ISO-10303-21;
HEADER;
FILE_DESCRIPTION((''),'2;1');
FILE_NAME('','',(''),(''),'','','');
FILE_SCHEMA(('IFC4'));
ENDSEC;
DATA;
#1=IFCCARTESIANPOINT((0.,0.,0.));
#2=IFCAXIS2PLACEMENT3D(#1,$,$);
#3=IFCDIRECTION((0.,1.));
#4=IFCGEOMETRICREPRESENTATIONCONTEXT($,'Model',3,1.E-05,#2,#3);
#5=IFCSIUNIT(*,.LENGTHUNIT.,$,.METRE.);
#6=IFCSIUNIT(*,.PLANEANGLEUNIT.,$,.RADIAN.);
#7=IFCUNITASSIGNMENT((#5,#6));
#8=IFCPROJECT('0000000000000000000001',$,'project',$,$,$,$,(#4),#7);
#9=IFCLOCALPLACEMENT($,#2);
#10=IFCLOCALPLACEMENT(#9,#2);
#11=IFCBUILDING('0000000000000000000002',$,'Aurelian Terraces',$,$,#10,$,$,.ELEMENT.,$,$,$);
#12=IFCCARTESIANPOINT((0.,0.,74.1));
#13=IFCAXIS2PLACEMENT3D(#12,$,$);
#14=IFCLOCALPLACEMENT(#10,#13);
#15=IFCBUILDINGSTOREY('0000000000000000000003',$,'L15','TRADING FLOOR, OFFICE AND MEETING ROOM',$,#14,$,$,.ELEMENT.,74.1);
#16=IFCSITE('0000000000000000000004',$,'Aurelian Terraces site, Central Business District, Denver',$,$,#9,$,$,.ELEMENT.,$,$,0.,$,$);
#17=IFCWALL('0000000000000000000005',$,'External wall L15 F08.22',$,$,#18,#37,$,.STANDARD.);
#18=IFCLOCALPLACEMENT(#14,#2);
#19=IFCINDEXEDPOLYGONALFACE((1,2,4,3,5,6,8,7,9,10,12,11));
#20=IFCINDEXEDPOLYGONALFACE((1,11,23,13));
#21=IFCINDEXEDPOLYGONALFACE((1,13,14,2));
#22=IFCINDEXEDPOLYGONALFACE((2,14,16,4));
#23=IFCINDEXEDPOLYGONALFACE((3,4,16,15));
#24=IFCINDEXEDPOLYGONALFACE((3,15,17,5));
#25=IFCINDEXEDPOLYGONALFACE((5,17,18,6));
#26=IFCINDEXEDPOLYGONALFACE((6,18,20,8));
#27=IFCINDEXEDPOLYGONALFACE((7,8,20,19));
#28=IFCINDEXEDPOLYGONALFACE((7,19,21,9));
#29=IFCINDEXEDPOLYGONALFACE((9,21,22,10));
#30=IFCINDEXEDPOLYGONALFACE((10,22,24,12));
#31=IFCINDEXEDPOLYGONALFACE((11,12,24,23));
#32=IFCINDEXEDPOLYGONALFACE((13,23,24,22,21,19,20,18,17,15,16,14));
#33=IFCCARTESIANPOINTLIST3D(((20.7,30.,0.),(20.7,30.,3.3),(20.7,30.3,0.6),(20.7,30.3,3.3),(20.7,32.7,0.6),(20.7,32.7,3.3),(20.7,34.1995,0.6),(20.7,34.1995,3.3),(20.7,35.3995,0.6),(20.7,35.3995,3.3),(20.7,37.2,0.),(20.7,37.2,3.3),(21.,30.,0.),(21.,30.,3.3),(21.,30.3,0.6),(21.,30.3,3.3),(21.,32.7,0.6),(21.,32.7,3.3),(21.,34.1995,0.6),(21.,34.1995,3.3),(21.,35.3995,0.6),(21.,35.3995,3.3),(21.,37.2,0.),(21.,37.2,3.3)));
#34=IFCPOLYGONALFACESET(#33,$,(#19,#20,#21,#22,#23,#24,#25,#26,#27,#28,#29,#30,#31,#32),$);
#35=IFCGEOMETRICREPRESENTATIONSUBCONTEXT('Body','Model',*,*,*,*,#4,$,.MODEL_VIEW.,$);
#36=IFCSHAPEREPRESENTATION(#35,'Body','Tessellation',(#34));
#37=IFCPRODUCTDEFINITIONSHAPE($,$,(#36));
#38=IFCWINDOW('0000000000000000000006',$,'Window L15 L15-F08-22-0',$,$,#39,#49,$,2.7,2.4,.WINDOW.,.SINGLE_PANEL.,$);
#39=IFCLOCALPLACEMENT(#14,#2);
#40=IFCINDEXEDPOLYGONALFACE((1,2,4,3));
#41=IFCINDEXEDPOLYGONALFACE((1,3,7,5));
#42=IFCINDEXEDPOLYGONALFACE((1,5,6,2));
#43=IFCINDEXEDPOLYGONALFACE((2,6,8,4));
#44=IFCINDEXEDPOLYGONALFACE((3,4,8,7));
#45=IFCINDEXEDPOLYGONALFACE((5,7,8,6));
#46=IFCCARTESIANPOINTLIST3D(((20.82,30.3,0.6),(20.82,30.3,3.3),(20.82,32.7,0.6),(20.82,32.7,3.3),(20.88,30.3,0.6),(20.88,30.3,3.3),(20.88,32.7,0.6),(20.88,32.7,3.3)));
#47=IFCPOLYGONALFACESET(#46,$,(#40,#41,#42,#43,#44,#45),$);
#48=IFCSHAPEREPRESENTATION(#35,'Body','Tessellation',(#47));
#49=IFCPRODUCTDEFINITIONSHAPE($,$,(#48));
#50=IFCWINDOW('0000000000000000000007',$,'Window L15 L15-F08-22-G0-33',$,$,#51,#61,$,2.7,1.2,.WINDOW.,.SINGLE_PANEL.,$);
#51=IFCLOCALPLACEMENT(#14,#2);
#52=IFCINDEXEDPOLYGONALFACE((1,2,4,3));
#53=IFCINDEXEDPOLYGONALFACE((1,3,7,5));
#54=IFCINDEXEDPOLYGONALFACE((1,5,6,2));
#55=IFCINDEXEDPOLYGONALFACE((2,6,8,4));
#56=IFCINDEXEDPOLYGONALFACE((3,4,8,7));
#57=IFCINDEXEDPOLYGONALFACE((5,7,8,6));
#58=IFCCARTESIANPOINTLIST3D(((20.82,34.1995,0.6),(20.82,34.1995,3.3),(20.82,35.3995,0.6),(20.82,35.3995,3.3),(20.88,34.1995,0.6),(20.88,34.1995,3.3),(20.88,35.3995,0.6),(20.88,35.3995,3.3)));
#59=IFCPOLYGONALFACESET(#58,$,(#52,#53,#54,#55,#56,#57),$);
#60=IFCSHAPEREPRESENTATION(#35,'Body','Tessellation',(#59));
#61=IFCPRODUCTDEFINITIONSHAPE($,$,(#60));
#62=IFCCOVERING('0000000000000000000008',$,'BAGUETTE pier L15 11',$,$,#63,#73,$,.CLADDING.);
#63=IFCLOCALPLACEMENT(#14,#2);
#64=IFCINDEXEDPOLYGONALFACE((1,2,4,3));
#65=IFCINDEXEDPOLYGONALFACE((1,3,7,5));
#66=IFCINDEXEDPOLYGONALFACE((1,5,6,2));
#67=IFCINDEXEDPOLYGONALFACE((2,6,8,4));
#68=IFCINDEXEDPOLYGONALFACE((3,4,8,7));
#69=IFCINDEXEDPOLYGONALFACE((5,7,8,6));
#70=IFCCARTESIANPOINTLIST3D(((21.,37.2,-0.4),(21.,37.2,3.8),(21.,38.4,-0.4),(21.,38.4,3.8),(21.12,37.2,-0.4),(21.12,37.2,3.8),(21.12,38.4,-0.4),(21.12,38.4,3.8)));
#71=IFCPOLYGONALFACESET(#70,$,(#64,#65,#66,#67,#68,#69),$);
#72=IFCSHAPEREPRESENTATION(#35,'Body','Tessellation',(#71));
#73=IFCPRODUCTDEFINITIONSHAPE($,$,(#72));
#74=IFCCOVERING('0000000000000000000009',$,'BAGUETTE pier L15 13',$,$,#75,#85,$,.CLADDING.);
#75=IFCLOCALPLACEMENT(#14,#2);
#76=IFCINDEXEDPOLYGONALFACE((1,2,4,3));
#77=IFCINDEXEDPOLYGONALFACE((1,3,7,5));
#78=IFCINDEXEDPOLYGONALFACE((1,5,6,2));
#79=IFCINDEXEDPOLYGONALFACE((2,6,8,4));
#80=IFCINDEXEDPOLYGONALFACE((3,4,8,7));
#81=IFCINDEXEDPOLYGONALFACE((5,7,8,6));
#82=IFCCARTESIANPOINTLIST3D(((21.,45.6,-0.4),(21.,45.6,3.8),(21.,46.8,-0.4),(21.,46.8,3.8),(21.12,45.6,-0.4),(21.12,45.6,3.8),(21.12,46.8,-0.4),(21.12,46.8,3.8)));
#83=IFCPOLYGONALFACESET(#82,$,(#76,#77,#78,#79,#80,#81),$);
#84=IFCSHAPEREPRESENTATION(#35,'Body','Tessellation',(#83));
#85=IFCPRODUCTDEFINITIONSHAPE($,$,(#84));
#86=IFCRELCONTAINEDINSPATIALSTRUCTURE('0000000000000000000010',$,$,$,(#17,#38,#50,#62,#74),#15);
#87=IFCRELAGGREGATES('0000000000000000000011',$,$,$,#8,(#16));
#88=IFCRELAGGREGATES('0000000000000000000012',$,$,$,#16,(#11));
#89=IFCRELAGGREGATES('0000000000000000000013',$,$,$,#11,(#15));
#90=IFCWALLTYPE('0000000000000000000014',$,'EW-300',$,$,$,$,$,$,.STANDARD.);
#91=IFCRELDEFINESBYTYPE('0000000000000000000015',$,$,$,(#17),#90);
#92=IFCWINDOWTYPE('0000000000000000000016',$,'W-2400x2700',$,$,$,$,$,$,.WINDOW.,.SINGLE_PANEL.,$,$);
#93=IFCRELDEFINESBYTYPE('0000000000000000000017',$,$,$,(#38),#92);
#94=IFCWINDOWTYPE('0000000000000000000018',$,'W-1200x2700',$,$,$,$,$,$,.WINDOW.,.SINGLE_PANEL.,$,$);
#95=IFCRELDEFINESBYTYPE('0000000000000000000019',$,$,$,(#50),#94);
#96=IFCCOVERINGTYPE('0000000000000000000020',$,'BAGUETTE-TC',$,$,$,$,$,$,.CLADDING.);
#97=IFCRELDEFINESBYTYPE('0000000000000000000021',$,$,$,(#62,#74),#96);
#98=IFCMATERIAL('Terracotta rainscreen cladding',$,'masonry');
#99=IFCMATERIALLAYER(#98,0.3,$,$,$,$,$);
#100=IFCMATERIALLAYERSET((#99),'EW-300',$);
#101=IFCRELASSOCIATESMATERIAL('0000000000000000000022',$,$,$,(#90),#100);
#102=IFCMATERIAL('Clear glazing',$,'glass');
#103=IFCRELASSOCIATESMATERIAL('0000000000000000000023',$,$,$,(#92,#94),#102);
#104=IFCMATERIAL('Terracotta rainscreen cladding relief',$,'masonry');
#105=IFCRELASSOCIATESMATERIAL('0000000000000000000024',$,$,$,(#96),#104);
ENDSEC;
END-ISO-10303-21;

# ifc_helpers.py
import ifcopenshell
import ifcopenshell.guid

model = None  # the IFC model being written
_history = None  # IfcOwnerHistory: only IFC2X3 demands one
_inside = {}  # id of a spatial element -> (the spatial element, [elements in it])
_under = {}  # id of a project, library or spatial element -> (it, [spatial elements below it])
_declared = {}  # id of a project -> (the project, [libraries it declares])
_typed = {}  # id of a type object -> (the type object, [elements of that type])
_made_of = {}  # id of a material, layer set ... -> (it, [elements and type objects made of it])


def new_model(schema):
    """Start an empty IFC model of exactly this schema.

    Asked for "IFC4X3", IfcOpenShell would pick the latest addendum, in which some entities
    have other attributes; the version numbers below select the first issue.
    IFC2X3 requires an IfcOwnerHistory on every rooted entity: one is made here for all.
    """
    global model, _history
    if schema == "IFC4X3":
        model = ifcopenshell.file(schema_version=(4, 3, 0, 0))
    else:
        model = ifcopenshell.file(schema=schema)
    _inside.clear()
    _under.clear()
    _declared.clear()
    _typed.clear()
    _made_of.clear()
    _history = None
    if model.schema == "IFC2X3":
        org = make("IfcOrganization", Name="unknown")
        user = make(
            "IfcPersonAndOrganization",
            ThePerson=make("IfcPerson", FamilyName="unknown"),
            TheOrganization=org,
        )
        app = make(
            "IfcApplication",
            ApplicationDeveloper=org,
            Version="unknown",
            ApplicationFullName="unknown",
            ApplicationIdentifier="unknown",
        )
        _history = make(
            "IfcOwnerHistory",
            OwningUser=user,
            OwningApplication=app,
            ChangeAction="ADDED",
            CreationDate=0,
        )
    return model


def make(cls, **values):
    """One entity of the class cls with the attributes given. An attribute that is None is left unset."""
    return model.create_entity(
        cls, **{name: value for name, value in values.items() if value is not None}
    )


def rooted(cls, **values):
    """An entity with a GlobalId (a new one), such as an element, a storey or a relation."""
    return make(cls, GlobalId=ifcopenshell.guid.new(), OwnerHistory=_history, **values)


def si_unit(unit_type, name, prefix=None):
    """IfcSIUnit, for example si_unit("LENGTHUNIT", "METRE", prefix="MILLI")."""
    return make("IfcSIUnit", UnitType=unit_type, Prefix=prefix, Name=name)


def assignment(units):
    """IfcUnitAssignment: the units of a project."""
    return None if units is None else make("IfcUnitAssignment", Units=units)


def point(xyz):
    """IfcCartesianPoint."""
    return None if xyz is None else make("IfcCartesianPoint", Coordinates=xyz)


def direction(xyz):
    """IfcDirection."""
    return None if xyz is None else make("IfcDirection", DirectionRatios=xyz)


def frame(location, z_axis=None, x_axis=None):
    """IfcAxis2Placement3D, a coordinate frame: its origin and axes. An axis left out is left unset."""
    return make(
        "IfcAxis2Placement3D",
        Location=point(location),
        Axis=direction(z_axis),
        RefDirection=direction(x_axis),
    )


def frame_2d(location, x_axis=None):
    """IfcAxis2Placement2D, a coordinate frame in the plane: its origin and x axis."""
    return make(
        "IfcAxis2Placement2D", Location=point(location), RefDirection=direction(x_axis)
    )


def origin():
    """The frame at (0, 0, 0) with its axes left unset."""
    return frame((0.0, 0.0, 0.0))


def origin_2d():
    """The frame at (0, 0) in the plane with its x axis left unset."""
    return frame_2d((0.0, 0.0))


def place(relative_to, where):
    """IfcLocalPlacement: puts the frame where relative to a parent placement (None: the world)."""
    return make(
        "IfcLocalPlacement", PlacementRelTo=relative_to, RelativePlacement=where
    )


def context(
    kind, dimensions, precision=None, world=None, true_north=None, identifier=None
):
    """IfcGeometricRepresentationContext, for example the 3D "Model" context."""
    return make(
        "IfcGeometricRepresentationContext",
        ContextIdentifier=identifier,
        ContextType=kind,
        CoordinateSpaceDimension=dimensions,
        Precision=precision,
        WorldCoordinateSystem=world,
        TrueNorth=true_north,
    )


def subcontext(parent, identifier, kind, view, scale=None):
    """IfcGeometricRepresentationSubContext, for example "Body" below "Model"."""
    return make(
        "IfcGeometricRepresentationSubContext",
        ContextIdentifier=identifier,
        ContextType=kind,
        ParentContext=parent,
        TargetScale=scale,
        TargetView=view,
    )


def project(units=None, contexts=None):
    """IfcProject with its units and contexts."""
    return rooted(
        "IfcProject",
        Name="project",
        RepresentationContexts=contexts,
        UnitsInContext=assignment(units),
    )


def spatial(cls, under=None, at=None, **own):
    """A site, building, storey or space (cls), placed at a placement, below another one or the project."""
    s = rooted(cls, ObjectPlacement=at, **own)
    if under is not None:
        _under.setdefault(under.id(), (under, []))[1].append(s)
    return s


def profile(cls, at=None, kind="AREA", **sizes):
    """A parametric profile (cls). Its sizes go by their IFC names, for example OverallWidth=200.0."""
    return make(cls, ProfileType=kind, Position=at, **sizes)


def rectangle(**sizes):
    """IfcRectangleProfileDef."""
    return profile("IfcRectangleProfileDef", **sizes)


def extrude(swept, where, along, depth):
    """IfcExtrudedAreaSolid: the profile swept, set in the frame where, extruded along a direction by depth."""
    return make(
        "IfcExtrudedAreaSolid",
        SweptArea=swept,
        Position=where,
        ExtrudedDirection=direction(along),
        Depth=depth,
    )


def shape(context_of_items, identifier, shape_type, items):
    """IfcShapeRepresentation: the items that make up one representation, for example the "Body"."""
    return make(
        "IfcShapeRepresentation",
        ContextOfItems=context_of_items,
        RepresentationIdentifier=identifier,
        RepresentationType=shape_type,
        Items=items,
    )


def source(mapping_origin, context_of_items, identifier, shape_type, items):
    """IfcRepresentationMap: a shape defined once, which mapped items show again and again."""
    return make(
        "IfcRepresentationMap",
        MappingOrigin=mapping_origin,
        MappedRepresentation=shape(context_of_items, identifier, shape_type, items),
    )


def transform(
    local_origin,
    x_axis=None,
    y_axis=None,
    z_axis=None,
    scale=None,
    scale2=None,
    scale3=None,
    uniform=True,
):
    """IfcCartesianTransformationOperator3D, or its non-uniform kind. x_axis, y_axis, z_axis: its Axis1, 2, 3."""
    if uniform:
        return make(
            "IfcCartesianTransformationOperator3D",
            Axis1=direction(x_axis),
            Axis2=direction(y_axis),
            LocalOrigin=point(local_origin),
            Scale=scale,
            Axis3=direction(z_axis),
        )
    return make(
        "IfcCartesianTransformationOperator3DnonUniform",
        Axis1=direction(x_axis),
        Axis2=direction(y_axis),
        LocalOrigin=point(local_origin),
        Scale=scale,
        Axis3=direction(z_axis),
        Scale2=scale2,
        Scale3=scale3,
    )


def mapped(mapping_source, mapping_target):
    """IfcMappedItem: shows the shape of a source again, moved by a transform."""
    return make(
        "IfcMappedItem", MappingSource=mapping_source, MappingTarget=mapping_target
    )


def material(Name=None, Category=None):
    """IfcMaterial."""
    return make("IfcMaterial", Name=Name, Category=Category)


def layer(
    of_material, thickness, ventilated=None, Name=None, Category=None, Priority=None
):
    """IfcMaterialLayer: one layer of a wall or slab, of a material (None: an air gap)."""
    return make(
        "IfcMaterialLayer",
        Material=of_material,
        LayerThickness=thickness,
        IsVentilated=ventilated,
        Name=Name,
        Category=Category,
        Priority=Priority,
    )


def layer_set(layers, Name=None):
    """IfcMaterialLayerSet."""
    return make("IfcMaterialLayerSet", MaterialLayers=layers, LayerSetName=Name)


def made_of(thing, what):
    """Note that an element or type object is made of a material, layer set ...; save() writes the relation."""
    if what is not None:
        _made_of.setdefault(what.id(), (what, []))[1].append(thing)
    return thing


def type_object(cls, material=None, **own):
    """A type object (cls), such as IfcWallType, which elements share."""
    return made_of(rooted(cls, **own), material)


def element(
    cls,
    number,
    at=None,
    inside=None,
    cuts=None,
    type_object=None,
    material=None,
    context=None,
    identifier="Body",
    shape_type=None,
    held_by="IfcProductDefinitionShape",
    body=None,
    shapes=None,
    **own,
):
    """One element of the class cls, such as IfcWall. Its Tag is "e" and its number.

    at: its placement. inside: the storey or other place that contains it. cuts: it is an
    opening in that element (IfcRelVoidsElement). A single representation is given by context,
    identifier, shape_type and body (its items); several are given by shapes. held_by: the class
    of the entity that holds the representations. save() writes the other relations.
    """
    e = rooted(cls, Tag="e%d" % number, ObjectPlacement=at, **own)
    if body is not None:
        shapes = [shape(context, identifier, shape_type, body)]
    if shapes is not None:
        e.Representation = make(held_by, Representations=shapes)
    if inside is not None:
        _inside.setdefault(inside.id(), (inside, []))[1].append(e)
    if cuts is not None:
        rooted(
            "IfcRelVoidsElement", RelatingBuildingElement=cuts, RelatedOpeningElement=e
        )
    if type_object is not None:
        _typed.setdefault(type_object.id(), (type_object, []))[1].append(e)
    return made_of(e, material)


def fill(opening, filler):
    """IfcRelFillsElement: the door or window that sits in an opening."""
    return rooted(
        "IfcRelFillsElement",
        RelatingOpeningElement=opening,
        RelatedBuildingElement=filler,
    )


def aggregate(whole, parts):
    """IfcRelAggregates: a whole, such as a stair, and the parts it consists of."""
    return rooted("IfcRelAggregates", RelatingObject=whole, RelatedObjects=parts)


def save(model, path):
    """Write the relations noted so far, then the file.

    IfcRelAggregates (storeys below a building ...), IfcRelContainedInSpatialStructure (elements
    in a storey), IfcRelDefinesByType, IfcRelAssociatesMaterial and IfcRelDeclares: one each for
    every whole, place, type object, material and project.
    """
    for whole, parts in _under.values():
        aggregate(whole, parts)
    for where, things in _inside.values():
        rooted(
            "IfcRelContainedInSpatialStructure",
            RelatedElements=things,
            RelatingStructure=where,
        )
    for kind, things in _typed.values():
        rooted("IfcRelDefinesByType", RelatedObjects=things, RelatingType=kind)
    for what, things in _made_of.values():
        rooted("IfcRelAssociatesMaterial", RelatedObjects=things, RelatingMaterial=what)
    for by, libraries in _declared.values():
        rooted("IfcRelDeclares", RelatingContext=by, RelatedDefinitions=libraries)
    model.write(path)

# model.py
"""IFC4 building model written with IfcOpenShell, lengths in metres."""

from ifc_helpers import new_model, si_unit, direction, frame, frame_2d, origin, origin_2d, place, context, subcontext, project, spatial, rectangle, extrude, source, transform, mapped, material, layer, layer_set, type_object, element, fill, save


model = new_model("IFC4")

# Units and contexts
model_context = context("Model", 3, precision=1e-05, world=origin(), true_north=direction((0.0, 1.0)))
body_context = subcontext(model_context, "Body", "Model", "MODEL_VIEW")
ifc_project = project(units=[si_unit("LENGTHUNIT", "METRE"), si_unit("PLANEANGLEUNIT", "RADIAN")], contexts=[model_context])

# Site, building, storey
site_placement = place(None, origin())
site = spatial("IfcSite", under=ifc_project, at=site_placement, Name="Aurelian Terraces site, Central Business District, Denver", CompositionType="ELEMENT", RefElevation=0.0)
building_placement = place(site_placement, origin())
building = spatial("IfcBuilding", under=site, at=building_placement, Name="Aurelian Terraces", CompositionType="ELEMENT")
storey_placement = place(building_placement, frame((0.0, 0.0, 74.1)))
storey = spatial("IfcBuildingStorey", under=building, at=storey_placement, Name="L15", Description="TRADING FLOOR, OFFICE AND MEETING ROOM", CompositionType="ELEMENT", Elevation=74.1)

# Wall, openings, windows
ifc_material_1 = material(Name="Terracotta rainscreen cladding", Category="masonry")
ifc_layer = layer(ifc_material_1, 0.3)
ifc_layer_set = layer_set([ifc_layer], Name="EW-300")
wall_type = type_object("IfcWallType", Name="EW-300", PredefinedType="STANDARD", material=ifc_layer_set)
shared_shape_1 = source(origin(), body_context, "Body", "SweptSolid", [
    extrude(rectangle(XDim=2.4, YDim=2.7, at=frame_2d((1.2, 1.35))), frame((0.0, 0.16, 0.0), z_axis=(0.0, -1.0, 0.0), x_axis=(1.0, 0.0, 0.0)), (0.0, 0.0, 1.0), 0.32),
])
ifc_material_2 = material(Name="Clear glazing", Category="glass")
window_type_1 = type_object("IfcWindowType", Name="W-2400x2700", PartitioningType="SINGLE_PANEL", PredefinedType="WINDOW", material=ifc_material_2)
shared_shape_2 = source(origin(), body_context, "Body", "SweptSolid", [
    extrude(rectangle(XDim=2.4, YDim=2.7, at=frame_2d((1.2, 1.35))), frame((0.0, 0.03, 0.0), z_axis=(0.0, -1.0, 0.0), x_axis=(1.0, 0.0, 0.0)), (0.0, 0.0, 1.0), 0.06),
])
shared_shape_3 = source(origin(), body_context, "Body", "SweptSolid", [
    extrude(rectangle(XDim=7.2, YDim=0.3, at=frame_2d((3.6, 0.0))), origin(), (0.0, 0.0, 1.0), 3.3),
])
wall_1_placement = place(storey_placement, frame((20.85, 30.0, 0.0), z_axis=(0.0, 0.0, 1.0), x_axis=(0.0, 1.0, 0.0)))
wall_1 = element("IfcWall", 1, at=wall_1_placement, inside=storey, type_object=wall_type, Name="External wall L15 F08.22", PredefinedType="STANDARD", context=body_context, shape_type="MappedRepresentation", body=[
    mapped(shared_shape_3, transform((0.0, 0.0, 0.0), scale=1.0)),
])
opening_1_placement = place(wall_1_placement, frame((0.3, 0.0, 0.6)))
opening_1 = element("IfcOpeningElement", 2, at=opening_1_placement, cuts=wall_1, PredefinedType="OPENING", context=body_context, shape_type="MappedRepresentation", body=[
    mapped(shared_shape_1, transform((0.0, 0.0, 0.0), scale=1.0)),
])
shared_shape_4 = source(origin(), body_context, "Body", "SweptSolid", [
    extrude(rectangle(XDim=1.2, YDim=2.7, at=frame_2d((0.6, 1.35))), frame((0.0, 0.16, 0.0), z_axis=(0.0, -1.0, 0.0), x_axis=(1.0, 0.0, 0.0)), (0.0, 0.0, 1.0), 0.32),
])
opening_2_placement = place(wall_1_placement, frame((4.1995, 0.0, 0.6)))
opening_2 = element("IfcOpeningElement", 3, at=opening_2_placement, cuts=wall_1, PredefinedType="OPENING", context=body_context, shape_type="MappedRepresentation", body=[
    mapped(shared_shape_4, transform((0.0, 0.0, 0.0), scale=1.0)),
])
window_1_placement = place(opening_1_placement, origin())
window_1 = element("IfcWindow", 4, at=window_1_placement, inside=storey, type_object=window_type_1, Name="Window L15 L15-F08-22-0", OverallHeight=2.7, OverallWidth=2.4, PartitioningType="SINGLE_PANEL", PredefinedType="WINDOW", context=body_context, shape_type="MappedRepresentation", body=[
    mapped(shared_shape_2, transform((0.0, 0.0, 0.0), scale=1.0)),
])
fill(opening_1, window_1)
window_type_2 = type_object("IfcWindowType", Name="W-1200x2700", PartitioningType="SINGLE_PANEL", PredefinedType="WINDOW", material=ifc_material_2)
shared_shape_5 = source(origin(), body_context, "Body", "SweptSolid", [
    extrude(rectangle(XDim=1.2, YDim=2.7, at=frame_2d((0.6, 1.35))), frame((0.0, 0.03, 0.0), z_axis=(0.0, -1.0, 0.0), x_axis=(1.0, 0.0, 0.0)), (0.0, 0.0, 1.0), 0.06),
])
window_2_placement = place(opening_2_placement, origin())
window_2 = element("IfcWindow", 5, at=window_2_placement, inside=storey, type_object=window_type_2, Name="Window L15 L15-F08-22-G0-33", OverallHeight=2.7, OverallWidth=1.2, PartitioningType="SINGLE_PANEL", PredefinedType="WINDOW", context=body_context, shape_type="MappedRepresentation", body=[
    mapped(shared_shape_5, transform((0.0, 0.0, 0.0), scale=1.0)),
])
fill(opening_2, window_2)

# Coverings
ifc_material_3 = material(Name="Terracotta rainscreen cladding relief", Category="masonry")
covering_type = type_object("IfcCoveringType", Name="BAGUETTE-TC", PredefinedType="CLADDING", material=ifc_material_3)
shared_shape_6 = source(origin(), body_context, "Body", "SweptSolid", [
    extrude(rectangle(XDim=0.12, YDim=1.2, at=origin_2d()), origin(), (0.0, 0.0, 1.0), 4.2),
])
for number, where, z_axis, x_axis, name in (
    (6, (21.06, 37.8, -0.4), (0.0, 0.0, 1.0), (1.0, 0.0, 0.0), "BAGUETTE pier L15 11"),
    (7, (21.06, 46.2, -0.4), (0.0, 0.0, 1.0), (1.0, 0.0, 0.0), "BAGUETTE pier L15 13"),
):
    element("IfcCovering", number, at=place(storey_placement, frame(where, z_axis=z_axis, x_axis=x_axis)), inside=storey, type_object=covering_type, Name=name, PredefinedType="CLADDING", context=body_context, shape_type="MappedRepresentation", body=[
        mapped(shared_shape_6, transform((0.0, 0.0, 0.0), scale=1.0)),
    ])

save(model, "model.ifc")
